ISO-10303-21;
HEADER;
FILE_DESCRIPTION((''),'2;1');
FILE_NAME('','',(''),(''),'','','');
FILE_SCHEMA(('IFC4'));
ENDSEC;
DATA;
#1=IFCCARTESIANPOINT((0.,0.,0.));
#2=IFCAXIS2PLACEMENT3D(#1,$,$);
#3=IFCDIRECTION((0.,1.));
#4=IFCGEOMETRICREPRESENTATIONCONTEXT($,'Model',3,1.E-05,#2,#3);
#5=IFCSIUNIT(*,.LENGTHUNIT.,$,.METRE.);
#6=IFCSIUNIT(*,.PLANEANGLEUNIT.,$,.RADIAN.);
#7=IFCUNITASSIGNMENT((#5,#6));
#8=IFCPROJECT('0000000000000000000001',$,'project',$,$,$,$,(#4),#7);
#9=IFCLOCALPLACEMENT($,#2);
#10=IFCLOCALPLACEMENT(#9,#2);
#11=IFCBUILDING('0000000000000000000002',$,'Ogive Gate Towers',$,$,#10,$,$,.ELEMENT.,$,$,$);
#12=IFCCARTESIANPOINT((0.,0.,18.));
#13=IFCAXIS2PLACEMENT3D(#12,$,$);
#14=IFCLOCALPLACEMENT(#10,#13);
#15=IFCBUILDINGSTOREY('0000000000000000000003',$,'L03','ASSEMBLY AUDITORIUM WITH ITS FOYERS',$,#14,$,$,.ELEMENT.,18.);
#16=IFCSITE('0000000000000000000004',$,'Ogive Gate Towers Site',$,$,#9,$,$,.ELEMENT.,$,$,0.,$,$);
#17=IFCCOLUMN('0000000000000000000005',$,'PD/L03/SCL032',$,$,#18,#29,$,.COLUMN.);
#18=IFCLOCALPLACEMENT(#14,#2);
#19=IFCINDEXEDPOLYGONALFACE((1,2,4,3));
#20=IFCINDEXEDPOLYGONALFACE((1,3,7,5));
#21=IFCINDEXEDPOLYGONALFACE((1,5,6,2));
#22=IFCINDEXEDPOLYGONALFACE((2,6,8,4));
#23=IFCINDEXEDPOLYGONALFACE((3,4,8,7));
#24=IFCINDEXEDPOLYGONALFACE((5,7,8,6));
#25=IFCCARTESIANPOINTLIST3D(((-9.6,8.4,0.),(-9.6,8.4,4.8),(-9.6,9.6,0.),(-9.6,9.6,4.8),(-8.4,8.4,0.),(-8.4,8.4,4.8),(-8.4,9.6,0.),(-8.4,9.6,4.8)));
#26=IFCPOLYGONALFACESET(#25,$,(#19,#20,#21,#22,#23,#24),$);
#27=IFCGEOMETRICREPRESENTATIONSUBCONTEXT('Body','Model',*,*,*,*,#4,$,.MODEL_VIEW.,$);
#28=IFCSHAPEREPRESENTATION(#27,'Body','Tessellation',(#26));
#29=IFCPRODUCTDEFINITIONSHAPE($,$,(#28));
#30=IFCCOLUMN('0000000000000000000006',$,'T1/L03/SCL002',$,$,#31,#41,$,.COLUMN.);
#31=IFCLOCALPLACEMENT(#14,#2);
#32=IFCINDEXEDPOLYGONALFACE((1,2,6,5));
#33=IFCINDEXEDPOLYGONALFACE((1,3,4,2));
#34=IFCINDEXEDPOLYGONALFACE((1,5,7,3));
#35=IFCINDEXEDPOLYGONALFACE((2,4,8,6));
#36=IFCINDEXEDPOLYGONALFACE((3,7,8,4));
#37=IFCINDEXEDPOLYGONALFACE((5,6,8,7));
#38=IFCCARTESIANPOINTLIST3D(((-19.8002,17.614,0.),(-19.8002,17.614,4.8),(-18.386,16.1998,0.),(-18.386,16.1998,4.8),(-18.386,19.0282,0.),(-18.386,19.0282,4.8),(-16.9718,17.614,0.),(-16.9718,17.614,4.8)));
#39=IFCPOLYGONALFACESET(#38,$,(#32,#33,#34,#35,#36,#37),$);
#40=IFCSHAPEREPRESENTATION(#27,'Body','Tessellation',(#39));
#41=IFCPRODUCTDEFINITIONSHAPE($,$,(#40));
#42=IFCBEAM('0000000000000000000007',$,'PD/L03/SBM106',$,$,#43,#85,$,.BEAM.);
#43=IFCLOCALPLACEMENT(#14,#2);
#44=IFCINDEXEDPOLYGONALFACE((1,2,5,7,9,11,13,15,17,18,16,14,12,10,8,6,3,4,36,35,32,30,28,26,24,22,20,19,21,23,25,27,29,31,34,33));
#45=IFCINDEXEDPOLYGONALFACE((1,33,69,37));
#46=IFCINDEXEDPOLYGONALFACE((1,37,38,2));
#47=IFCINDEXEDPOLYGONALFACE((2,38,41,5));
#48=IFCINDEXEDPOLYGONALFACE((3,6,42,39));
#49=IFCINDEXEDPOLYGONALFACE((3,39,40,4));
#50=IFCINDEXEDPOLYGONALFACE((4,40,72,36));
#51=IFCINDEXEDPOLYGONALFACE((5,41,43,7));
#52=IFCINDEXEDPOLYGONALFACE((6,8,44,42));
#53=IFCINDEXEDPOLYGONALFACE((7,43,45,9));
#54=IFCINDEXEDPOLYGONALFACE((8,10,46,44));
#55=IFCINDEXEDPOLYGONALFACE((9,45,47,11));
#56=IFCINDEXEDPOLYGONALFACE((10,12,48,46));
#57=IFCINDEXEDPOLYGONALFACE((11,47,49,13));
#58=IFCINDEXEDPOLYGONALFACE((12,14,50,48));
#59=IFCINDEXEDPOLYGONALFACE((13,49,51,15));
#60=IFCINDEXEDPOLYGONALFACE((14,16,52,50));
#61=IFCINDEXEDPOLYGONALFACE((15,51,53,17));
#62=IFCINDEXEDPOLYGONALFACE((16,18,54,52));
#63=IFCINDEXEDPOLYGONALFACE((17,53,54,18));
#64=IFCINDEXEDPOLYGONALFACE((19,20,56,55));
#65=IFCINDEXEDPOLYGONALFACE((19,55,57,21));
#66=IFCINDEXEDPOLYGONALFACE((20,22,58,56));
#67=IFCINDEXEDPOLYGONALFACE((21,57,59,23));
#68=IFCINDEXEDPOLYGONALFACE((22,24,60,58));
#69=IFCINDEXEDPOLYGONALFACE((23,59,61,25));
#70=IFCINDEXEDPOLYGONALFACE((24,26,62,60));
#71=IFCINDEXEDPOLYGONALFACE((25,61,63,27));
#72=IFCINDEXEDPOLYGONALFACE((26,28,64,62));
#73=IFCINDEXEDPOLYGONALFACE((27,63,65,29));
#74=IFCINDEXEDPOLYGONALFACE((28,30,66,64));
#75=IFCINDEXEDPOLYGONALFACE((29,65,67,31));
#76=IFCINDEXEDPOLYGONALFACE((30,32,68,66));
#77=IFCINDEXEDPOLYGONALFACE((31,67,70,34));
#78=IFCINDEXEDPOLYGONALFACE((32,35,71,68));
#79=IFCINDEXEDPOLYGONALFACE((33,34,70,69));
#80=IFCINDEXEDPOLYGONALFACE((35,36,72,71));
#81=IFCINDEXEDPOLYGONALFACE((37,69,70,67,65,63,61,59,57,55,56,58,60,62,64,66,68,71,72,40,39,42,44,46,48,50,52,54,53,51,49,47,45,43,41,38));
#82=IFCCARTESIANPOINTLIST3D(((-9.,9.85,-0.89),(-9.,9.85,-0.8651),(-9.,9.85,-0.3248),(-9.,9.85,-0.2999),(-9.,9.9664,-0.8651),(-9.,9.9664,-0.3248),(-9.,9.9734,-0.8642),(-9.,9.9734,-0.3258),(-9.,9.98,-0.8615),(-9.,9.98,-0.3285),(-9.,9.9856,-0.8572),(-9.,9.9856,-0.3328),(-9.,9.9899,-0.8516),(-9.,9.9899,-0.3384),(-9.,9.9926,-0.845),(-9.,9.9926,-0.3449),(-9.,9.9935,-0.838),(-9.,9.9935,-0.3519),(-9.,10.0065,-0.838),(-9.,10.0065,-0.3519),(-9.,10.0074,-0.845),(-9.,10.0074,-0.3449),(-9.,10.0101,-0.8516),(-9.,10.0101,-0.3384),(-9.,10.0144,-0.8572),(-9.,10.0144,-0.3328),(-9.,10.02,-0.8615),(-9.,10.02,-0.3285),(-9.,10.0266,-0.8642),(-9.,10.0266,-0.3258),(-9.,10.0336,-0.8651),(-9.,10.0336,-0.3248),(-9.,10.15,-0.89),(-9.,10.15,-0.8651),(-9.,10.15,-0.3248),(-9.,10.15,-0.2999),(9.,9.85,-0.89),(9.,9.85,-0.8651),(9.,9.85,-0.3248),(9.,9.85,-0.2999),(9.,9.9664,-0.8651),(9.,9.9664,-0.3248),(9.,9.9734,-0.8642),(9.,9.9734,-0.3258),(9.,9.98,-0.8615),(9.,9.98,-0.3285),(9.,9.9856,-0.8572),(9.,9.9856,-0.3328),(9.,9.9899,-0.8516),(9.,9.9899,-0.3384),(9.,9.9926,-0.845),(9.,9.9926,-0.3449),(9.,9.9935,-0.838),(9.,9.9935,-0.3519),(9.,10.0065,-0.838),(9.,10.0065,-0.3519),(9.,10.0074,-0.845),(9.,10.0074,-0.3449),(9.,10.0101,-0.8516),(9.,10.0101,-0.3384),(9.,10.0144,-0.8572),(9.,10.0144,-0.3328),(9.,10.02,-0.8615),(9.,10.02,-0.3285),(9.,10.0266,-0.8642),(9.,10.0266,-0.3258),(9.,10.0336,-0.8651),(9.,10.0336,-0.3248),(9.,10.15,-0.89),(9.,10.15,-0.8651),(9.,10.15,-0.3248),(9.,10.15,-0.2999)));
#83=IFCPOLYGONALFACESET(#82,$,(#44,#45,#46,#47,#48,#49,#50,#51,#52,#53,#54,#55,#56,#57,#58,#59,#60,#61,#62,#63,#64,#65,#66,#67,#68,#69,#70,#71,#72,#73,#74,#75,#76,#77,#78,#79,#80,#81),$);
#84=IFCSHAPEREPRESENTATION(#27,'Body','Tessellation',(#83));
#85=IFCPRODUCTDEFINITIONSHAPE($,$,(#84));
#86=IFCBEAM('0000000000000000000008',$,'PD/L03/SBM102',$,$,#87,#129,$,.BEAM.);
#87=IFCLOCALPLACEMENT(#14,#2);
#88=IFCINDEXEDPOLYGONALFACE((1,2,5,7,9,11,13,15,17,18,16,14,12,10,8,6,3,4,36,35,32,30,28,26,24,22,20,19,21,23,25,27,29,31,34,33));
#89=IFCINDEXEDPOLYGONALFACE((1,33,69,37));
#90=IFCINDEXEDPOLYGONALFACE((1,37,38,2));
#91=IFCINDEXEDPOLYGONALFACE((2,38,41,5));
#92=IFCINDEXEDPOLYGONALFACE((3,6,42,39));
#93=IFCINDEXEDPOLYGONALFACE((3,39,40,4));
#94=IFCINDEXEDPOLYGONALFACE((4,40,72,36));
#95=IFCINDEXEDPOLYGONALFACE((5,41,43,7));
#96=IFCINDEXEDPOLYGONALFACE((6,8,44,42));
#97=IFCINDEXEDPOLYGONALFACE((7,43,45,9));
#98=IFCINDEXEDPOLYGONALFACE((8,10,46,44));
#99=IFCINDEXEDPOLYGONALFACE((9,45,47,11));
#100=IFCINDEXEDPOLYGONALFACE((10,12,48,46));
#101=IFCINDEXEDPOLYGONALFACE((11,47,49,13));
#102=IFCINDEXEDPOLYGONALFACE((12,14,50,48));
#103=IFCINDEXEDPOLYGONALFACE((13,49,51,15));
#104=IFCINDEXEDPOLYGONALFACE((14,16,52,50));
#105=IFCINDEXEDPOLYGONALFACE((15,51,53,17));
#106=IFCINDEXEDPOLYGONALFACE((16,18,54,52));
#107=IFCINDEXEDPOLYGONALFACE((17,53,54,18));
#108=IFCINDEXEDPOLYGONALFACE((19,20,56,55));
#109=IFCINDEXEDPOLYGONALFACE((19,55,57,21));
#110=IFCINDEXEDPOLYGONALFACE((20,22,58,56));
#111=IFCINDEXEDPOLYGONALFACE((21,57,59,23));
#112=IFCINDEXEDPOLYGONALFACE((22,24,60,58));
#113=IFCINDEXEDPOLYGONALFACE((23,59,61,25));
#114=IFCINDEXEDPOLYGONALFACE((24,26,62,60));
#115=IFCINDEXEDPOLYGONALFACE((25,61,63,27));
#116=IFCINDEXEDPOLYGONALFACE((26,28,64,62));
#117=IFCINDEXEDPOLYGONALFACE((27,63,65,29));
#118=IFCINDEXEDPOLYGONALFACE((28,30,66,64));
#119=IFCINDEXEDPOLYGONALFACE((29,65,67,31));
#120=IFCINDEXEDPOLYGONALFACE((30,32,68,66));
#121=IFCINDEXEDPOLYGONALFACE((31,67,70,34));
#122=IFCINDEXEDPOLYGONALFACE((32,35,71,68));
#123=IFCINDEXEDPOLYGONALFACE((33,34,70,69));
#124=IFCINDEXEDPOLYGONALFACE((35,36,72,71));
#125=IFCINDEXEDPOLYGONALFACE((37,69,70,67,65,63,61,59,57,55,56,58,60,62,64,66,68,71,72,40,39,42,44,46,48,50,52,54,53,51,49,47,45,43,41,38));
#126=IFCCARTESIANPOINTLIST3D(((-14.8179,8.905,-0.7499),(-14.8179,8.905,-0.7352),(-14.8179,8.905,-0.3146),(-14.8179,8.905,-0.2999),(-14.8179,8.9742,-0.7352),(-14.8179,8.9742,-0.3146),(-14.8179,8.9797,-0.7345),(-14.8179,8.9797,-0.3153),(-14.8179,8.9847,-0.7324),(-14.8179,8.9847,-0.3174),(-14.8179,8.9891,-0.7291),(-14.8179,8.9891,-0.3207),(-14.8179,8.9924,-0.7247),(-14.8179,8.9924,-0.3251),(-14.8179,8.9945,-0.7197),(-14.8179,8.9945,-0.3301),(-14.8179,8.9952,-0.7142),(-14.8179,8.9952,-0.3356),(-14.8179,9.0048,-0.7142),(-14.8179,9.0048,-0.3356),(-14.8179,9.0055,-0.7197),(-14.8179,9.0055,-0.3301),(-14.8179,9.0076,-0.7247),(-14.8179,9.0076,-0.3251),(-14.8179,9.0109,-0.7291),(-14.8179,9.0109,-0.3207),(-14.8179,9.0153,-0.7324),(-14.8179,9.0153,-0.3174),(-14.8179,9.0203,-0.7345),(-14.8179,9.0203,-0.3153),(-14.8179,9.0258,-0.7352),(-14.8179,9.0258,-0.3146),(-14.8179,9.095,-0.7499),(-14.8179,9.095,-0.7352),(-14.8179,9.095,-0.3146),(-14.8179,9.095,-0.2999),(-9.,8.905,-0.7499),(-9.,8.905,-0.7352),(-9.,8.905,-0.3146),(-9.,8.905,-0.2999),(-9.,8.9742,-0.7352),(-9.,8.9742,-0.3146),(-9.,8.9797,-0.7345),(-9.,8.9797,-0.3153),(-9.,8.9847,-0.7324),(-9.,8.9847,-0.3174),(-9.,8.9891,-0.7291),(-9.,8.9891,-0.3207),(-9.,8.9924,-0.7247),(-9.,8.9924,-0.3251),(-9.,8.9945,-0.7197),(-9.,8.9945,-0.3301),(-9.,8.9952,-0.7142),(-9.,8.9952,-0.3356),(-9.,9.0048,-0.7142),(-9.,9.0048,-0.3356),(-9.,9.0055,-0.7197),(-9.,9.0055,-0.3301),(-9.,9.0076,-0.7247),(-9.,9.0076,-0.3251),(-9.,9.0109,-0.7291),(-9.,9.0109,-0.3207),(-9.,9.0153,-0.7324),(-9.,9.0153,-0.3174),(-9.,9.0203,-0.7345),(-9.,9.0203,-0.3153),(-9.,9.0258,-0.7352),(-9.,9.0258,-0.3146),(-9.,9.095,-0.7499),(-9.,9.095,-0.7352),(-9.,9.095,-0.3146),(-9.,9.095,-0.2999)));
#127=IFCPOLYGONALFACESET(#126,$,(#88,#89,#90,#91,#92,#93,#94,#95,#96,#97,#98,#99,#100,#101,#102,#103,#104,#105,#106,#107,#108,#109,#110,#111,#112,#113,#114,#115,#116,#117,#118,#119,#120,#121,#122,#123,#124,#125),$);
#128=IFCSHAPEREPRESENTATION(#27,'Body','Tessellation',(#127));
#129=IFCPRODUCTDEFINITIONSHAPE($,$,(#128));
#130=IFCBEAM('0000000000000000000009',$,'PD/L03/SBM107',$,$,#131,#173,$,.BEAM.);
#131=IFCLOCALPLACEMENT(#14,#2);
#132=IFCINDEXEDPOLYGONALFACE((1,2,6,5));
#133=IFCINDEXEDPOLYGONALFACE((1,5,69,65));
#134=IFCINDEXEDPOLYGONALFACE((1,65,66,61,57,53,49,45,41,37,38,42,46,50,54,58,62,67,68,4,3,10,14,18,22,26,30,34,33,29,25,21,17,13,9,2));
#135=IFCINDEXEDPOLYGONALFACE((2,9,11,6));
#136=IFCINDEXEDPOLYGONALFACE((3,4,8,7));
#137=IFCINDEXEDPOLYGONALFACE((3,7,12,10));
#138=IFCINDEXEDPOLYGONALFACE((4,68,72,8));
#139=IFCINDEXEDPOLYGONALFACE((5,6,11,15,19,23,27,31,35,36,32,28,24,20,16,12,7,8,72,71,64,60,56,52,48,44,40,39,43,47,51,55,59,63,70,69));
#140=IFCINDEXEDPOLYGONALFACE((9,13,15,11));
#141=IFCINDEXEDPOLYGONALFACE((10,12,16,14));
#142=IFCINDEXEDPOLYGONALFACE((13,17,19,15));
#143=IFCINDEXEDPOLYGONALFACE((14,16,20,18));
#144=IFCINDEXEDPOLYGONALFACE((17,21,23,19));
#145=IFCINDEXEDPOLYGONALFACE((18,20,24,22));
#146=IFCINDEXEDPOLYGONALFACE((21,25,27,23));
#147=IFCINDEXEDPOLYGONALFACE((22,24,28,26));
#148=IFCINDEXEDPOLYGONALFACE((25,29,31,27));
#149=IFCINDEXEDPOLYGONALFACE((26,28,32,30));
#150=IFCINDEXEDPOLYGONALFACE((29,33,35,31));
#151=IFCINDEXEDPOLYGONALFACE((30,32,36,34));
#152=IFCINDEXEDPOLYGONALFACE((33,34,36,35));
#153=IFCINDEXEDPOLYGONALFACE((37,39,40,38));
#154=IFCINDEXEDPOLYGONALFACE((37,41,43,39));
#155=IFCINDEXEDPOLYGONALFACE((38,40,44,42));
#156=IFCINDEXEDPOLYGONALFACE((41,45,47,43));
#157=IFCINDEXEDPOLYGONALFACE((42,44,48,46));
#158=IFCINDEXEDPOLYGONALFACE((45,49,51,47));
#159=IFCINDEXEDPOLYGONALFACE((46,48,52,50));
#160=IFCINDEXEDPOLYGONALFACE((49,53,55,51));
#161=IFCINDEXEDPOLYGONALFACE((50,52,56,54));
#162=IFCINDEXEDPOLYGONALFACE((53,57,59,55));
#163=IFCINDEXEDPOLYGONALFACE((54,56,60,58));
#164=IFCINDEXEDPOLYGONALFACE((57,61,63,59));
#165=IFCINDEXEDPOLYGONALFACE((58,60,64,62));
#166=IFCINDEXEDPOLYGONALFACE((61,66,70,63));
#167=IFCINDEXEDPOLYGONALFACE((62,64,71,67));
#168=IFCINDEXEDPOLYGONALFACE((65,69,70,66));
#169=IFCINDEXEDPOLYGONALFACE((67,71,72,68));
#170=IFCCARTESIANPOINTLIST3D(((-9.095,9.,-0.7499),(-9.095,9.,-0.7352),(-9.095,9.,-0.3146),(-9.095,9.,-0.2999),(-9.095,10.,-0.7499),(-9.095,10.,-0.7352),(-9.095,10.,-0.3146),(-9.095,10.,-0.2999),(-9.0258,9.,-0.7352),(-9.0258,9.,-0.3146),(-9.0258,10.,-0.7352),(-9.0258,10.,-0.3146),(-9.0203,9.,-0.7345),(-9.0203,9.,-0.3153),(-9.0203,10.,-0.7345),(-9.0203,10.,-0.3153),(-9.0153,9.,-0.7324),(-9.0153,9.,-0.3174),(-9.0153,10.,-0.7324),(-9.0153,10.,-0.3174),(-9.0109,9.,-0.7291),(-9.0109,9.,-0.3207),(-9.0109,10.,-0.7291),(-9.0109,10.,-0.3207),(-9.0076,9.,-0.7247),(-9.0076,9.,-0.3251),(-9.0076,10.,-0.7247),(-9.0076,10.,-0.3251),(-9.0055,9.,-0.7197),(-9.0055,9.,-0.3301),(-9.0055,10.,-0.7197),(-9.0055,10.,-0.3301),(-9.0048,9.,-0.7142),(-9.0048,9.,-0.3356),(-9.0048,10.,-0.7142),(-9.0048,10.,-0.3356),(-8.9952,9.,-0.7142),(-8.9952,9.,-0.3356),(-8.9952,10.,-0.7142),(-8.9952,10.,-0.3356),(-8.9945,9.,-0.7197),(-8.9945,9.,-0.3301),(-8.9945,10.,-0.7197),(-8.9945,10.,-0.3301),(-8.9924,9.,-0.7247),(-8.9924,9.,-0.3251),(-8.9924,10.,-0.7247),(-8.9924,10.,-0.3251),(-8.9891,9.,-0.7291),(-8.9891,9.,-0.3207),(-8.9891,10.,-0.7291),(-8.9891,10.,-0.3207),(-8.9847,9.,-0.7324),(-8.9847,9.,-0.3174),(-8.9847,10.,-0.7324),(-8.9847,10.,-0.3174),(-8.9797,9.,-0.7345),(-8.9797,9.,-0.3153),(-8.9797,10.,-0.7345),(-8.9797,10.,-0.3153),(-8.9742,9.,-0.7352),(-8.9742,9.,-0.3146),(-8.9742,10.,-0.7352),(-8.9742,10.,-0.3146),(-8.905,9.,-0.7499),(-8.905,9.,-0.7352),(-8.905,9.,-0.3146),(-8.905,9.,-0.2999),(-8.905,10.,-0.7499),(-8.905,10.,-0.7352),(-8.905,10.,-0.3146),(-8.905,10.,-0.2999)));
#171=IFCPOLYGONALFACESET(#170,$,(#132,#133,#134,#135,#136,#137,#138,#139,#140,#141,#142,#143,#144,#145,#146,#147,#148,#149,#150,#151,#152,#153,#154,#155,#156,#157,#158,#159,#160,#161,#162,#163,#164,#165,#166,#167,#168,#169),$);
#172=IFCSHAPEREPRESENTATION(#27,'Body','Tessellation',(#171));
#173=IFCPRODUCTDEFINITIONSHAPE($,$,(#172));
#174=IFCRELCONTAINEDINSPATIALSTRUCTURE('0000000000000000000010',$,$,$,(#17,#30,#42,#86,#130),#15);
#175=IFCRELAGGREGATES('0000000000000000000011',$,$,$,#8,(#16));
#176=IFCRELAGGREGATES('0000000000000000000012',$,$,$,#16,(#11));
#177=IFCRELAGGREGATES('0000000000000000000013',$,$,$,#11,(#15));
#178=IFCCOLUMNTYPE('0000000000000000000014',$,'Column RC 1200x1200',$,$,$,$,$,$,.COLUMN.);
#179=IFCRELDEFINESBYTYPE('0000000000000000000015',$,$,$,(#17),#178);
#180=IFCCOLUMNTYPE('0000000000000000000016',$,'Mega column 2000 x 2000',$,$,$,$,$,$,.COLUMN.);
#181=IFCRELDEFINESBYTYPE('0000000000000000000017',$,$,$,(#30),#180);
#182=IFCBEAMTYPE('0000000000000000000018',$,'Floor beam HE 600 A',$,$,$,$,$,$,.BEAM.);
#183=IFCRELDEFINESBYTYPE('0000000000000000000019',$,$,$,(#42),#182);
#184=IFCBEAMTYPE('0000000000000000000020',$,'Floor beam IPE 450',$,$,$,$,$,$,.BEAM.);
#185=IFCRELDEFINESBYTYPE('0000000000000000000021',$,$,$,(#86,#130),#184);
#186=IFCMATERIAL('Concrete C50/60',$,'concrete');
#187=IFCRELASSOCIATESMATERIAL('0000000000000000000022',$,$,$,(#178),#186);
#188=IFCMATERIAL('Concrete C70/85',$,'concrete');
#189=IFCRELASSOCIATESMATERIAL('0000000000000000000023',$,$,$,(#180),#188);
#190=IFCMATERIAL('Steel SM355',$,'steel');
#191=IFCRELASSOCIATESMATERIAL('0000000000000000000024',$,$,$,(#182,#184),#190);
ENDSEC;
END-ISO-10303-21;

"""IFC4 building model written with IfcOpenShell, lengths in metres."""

from ifc_helpers import new_model, si_unit, direction, frame, origin, origin_2d, place, context, subcontext, project, spatial, rectangle, i_section, extrude, material, material_profile, profile_set, type_object, element, save


model = new_model("IFC4")

# Units and contexts
model_context = context("Model", 3, precision=1e-05, world=origin(), true_north=direction((0.0, 1.0)))
body_context = subcontext(model_context, "Body", "Model", "MODEL_VIEW")
ifc_project = project(units=[si_unit("LENGTHUNIT", "METRE"), si_unit("PLANEANGLEUNIT", "RADIAN")], contexts=[model_context])

# Site, building, storey
site_placement = place(None, origin())
site = spatial("IfcSite", under=ifc_project, at=site_placement, Name="Ogive Gate Towers Site", CompositionType="ELEMENT", RefElevation=0.0)
building_placement = place(site_placement, origin())
building = spatial("IfcBuilding", under=site, at=building_placement, Name="Ogive Gate Towers", CompositionType="ELEMENT")
storey_placement = place(building_placement, frame((0.0, 0.0, 18.0)))
storey = spatial("IfcBuildingStorey", under=building, at=storey_placement, Name="L03", Description="ASSEMBLY AUDITORIUM WITH ITS FOYERS", CompositionType="ELEMENT", Elevation=18.0)

# Columns
ifc_material_1 = material(Name="Concrete C50/60", Category="concrete")
ifc_material_profile_1 = material_profile(ifc_material_1, rectangle(XDim=1.2, YDim=1.2, at=origin_2d()), Name="RC 1200x1200")
ifc_profile_set_1 = profile_set([ifc_material_profile_1], Name="Concrete C50/60")
column_type_1 = type_object("IfcColumnType", Name="Column RC 1200x1200", PredefinedType="COLUMN", material=ifc_profile_set_1)
column_1_placement = place(storey_placement, frame((-9.0, 9.0, 0.0), z_axis=(0.0, 0.0, 1.0), x_axis=(1.0, 0.0, 0.0)))
element("IfcColumn", 1, at=column_1_placement, inside=storey, type_object=column_type_1, Name="PD/L03/SCL032", PredefinedType="COLUMN", context=body_context, shape_type="SweptSolid", body=[
    extrude(rectangle(XDim=1.2, YDim=1.2, at=origin_2d()), origin(), (0.0, 0.0, 1.0), 4.8),
])
ifc_material_2 = material(Name="Concrete C70/85", Category="concrete")
ifc_material_profile_2 = material_profile(ifc_material_2, rectangle(XDim=2.0, YDim=2.0, at=origin_2d()), Name="RC 2000x2000")
ifc_profile_set_2 = profile_set([ifc_material_profile_2], Name="Concrete C70/85")
column_type_2 = type_object("IfcColumnType", Name="Mega column 2000 x 2000", PredefinedType="COLUMN", material=ifc_profile_set_2)
column_2_placement = place(storey_placement, frame((-18.386, 17.614, 0.0), z_axis=(0.0, 0.0, 1.0), x_axis=(0.707107, 0.707107, 0.0)))
element("IfcColumn", 2, at=column_2_placement, inside=storey, type_object=column_type_2, Name="T1/L03/SCL002", PredefinedType="COLUMN", context=body_context, shape_type="SweptSolid", body=[
    extrude(rectangle(XDim=2.0, YDim=2.0, at=origin_2d()), origin(), (0.0, 0.0, 1.0), 4.8),
])

# Beams
ifc_material_3 = material(Name="Steel SM355", Category="steel")
ifc_material_profile_3 = material_profile(ifc_material_3, i_section(OverallWidth=0.3, OverallDepth=0.5901, WebThickness=0.0129, FlangeThickness=0.0249, FilletRadius=0.0271, at=origin_2d()), Name="HE 600 A")
ifc_profile_set_3 = profile_set([ifc_material_profile_3], Name="Steel SM355")
beam_type_1 = type_object("IfcBeamType", Name="Floor beam HE 600 A", PredefinedType="BEAM", material=ifc_profile_set_3)
beam_1_placement = place(storey_placement, frame((-9.0, 10.0, -0.595), z_axis=(1.0, 0.0, 0.0), x_axis=(0.0, 1.0, 0.0)))
element("IfcBeam", 3, at=beam_1_placement, inside=storey, type_object=beam_type_1, Name="PD/L03/SBM106", PredefinedType="BEAM", context=body_context, shape_type="SweptSolid", body=[
    extrude(i_section(OverallWidth=0.3, OverallDepth=0.5901, WebThickness=0.0129, FlangeThickness=0.0249, FilletRadius=0.0271, at=origin_2d()), origin(), (0.0, 0.0, 1.0), 18.0),
])
ifc_material_profile_4 = material_profile(ifc_material_3, i_section(OverallWidth=0.1899, OverallDepth=0.45, WebThickness=0.0095, FlangeThickness=0.0146, FilletRadius=0.021, at=origin_2d()), Name="IPE 450")
ifc_profile_set_4 = profile_set([ifc_material_profile_4], Name="Steel SM355")
beam_type_2 = type_object("IfcBeamType", Name="Floor beam IPE 450", PredefinedType="BEAM", material=ifc_profile_set_4)
beam_2_placement = place(storey_placement, frame((-9.0, 9.0, -0.5249), z_axis=(-1.0, 0.0, 0.0), x_axis=(0.0, -1.0, 0.0)))
element("IfcBeam", 4, at=beam_2_placement, inside=storey, type_object=beam_type_2, Name="PD/L03/SBM102", PredefinedType="BEAM", context=body_context, shape_type="SweptSolid", body=[
    extrude(i_section(OverallWidth=0.1899, OverallDepth=0.45, WebThickness=0.0095, FlangeThickness=0.0146, FilletRadius=0.021, at=origin_2d()), origin(), (0.0, 0.0, 1.0), 5.8179),
])
beam_3_placement = place(storey_placement, frame((-9.0, 9.0, -0.5249), z_axis=(0.0, 1.0, 0.0), x_axis=(-1.0, 0.0, 0.0)))
element("IfcBeam", 5, at=beam_3_placement, inside=storey, type_object=beam_type_2, Name="PD/L03/SBM107", PredefinedType="BEAM", context=body_context, shape_type="SweptSolid", body=[
    extrude(i_section(OverallWidth=0.1899, OverallDepth=0.45, WebThickness=0.0095, FlangeThickness=0.0146, FilletRadius=0.021, at=origin_2d()), origin(), (0.0, 0.0, 1.0), 1.0),
])

save(model, "model.ifc")
